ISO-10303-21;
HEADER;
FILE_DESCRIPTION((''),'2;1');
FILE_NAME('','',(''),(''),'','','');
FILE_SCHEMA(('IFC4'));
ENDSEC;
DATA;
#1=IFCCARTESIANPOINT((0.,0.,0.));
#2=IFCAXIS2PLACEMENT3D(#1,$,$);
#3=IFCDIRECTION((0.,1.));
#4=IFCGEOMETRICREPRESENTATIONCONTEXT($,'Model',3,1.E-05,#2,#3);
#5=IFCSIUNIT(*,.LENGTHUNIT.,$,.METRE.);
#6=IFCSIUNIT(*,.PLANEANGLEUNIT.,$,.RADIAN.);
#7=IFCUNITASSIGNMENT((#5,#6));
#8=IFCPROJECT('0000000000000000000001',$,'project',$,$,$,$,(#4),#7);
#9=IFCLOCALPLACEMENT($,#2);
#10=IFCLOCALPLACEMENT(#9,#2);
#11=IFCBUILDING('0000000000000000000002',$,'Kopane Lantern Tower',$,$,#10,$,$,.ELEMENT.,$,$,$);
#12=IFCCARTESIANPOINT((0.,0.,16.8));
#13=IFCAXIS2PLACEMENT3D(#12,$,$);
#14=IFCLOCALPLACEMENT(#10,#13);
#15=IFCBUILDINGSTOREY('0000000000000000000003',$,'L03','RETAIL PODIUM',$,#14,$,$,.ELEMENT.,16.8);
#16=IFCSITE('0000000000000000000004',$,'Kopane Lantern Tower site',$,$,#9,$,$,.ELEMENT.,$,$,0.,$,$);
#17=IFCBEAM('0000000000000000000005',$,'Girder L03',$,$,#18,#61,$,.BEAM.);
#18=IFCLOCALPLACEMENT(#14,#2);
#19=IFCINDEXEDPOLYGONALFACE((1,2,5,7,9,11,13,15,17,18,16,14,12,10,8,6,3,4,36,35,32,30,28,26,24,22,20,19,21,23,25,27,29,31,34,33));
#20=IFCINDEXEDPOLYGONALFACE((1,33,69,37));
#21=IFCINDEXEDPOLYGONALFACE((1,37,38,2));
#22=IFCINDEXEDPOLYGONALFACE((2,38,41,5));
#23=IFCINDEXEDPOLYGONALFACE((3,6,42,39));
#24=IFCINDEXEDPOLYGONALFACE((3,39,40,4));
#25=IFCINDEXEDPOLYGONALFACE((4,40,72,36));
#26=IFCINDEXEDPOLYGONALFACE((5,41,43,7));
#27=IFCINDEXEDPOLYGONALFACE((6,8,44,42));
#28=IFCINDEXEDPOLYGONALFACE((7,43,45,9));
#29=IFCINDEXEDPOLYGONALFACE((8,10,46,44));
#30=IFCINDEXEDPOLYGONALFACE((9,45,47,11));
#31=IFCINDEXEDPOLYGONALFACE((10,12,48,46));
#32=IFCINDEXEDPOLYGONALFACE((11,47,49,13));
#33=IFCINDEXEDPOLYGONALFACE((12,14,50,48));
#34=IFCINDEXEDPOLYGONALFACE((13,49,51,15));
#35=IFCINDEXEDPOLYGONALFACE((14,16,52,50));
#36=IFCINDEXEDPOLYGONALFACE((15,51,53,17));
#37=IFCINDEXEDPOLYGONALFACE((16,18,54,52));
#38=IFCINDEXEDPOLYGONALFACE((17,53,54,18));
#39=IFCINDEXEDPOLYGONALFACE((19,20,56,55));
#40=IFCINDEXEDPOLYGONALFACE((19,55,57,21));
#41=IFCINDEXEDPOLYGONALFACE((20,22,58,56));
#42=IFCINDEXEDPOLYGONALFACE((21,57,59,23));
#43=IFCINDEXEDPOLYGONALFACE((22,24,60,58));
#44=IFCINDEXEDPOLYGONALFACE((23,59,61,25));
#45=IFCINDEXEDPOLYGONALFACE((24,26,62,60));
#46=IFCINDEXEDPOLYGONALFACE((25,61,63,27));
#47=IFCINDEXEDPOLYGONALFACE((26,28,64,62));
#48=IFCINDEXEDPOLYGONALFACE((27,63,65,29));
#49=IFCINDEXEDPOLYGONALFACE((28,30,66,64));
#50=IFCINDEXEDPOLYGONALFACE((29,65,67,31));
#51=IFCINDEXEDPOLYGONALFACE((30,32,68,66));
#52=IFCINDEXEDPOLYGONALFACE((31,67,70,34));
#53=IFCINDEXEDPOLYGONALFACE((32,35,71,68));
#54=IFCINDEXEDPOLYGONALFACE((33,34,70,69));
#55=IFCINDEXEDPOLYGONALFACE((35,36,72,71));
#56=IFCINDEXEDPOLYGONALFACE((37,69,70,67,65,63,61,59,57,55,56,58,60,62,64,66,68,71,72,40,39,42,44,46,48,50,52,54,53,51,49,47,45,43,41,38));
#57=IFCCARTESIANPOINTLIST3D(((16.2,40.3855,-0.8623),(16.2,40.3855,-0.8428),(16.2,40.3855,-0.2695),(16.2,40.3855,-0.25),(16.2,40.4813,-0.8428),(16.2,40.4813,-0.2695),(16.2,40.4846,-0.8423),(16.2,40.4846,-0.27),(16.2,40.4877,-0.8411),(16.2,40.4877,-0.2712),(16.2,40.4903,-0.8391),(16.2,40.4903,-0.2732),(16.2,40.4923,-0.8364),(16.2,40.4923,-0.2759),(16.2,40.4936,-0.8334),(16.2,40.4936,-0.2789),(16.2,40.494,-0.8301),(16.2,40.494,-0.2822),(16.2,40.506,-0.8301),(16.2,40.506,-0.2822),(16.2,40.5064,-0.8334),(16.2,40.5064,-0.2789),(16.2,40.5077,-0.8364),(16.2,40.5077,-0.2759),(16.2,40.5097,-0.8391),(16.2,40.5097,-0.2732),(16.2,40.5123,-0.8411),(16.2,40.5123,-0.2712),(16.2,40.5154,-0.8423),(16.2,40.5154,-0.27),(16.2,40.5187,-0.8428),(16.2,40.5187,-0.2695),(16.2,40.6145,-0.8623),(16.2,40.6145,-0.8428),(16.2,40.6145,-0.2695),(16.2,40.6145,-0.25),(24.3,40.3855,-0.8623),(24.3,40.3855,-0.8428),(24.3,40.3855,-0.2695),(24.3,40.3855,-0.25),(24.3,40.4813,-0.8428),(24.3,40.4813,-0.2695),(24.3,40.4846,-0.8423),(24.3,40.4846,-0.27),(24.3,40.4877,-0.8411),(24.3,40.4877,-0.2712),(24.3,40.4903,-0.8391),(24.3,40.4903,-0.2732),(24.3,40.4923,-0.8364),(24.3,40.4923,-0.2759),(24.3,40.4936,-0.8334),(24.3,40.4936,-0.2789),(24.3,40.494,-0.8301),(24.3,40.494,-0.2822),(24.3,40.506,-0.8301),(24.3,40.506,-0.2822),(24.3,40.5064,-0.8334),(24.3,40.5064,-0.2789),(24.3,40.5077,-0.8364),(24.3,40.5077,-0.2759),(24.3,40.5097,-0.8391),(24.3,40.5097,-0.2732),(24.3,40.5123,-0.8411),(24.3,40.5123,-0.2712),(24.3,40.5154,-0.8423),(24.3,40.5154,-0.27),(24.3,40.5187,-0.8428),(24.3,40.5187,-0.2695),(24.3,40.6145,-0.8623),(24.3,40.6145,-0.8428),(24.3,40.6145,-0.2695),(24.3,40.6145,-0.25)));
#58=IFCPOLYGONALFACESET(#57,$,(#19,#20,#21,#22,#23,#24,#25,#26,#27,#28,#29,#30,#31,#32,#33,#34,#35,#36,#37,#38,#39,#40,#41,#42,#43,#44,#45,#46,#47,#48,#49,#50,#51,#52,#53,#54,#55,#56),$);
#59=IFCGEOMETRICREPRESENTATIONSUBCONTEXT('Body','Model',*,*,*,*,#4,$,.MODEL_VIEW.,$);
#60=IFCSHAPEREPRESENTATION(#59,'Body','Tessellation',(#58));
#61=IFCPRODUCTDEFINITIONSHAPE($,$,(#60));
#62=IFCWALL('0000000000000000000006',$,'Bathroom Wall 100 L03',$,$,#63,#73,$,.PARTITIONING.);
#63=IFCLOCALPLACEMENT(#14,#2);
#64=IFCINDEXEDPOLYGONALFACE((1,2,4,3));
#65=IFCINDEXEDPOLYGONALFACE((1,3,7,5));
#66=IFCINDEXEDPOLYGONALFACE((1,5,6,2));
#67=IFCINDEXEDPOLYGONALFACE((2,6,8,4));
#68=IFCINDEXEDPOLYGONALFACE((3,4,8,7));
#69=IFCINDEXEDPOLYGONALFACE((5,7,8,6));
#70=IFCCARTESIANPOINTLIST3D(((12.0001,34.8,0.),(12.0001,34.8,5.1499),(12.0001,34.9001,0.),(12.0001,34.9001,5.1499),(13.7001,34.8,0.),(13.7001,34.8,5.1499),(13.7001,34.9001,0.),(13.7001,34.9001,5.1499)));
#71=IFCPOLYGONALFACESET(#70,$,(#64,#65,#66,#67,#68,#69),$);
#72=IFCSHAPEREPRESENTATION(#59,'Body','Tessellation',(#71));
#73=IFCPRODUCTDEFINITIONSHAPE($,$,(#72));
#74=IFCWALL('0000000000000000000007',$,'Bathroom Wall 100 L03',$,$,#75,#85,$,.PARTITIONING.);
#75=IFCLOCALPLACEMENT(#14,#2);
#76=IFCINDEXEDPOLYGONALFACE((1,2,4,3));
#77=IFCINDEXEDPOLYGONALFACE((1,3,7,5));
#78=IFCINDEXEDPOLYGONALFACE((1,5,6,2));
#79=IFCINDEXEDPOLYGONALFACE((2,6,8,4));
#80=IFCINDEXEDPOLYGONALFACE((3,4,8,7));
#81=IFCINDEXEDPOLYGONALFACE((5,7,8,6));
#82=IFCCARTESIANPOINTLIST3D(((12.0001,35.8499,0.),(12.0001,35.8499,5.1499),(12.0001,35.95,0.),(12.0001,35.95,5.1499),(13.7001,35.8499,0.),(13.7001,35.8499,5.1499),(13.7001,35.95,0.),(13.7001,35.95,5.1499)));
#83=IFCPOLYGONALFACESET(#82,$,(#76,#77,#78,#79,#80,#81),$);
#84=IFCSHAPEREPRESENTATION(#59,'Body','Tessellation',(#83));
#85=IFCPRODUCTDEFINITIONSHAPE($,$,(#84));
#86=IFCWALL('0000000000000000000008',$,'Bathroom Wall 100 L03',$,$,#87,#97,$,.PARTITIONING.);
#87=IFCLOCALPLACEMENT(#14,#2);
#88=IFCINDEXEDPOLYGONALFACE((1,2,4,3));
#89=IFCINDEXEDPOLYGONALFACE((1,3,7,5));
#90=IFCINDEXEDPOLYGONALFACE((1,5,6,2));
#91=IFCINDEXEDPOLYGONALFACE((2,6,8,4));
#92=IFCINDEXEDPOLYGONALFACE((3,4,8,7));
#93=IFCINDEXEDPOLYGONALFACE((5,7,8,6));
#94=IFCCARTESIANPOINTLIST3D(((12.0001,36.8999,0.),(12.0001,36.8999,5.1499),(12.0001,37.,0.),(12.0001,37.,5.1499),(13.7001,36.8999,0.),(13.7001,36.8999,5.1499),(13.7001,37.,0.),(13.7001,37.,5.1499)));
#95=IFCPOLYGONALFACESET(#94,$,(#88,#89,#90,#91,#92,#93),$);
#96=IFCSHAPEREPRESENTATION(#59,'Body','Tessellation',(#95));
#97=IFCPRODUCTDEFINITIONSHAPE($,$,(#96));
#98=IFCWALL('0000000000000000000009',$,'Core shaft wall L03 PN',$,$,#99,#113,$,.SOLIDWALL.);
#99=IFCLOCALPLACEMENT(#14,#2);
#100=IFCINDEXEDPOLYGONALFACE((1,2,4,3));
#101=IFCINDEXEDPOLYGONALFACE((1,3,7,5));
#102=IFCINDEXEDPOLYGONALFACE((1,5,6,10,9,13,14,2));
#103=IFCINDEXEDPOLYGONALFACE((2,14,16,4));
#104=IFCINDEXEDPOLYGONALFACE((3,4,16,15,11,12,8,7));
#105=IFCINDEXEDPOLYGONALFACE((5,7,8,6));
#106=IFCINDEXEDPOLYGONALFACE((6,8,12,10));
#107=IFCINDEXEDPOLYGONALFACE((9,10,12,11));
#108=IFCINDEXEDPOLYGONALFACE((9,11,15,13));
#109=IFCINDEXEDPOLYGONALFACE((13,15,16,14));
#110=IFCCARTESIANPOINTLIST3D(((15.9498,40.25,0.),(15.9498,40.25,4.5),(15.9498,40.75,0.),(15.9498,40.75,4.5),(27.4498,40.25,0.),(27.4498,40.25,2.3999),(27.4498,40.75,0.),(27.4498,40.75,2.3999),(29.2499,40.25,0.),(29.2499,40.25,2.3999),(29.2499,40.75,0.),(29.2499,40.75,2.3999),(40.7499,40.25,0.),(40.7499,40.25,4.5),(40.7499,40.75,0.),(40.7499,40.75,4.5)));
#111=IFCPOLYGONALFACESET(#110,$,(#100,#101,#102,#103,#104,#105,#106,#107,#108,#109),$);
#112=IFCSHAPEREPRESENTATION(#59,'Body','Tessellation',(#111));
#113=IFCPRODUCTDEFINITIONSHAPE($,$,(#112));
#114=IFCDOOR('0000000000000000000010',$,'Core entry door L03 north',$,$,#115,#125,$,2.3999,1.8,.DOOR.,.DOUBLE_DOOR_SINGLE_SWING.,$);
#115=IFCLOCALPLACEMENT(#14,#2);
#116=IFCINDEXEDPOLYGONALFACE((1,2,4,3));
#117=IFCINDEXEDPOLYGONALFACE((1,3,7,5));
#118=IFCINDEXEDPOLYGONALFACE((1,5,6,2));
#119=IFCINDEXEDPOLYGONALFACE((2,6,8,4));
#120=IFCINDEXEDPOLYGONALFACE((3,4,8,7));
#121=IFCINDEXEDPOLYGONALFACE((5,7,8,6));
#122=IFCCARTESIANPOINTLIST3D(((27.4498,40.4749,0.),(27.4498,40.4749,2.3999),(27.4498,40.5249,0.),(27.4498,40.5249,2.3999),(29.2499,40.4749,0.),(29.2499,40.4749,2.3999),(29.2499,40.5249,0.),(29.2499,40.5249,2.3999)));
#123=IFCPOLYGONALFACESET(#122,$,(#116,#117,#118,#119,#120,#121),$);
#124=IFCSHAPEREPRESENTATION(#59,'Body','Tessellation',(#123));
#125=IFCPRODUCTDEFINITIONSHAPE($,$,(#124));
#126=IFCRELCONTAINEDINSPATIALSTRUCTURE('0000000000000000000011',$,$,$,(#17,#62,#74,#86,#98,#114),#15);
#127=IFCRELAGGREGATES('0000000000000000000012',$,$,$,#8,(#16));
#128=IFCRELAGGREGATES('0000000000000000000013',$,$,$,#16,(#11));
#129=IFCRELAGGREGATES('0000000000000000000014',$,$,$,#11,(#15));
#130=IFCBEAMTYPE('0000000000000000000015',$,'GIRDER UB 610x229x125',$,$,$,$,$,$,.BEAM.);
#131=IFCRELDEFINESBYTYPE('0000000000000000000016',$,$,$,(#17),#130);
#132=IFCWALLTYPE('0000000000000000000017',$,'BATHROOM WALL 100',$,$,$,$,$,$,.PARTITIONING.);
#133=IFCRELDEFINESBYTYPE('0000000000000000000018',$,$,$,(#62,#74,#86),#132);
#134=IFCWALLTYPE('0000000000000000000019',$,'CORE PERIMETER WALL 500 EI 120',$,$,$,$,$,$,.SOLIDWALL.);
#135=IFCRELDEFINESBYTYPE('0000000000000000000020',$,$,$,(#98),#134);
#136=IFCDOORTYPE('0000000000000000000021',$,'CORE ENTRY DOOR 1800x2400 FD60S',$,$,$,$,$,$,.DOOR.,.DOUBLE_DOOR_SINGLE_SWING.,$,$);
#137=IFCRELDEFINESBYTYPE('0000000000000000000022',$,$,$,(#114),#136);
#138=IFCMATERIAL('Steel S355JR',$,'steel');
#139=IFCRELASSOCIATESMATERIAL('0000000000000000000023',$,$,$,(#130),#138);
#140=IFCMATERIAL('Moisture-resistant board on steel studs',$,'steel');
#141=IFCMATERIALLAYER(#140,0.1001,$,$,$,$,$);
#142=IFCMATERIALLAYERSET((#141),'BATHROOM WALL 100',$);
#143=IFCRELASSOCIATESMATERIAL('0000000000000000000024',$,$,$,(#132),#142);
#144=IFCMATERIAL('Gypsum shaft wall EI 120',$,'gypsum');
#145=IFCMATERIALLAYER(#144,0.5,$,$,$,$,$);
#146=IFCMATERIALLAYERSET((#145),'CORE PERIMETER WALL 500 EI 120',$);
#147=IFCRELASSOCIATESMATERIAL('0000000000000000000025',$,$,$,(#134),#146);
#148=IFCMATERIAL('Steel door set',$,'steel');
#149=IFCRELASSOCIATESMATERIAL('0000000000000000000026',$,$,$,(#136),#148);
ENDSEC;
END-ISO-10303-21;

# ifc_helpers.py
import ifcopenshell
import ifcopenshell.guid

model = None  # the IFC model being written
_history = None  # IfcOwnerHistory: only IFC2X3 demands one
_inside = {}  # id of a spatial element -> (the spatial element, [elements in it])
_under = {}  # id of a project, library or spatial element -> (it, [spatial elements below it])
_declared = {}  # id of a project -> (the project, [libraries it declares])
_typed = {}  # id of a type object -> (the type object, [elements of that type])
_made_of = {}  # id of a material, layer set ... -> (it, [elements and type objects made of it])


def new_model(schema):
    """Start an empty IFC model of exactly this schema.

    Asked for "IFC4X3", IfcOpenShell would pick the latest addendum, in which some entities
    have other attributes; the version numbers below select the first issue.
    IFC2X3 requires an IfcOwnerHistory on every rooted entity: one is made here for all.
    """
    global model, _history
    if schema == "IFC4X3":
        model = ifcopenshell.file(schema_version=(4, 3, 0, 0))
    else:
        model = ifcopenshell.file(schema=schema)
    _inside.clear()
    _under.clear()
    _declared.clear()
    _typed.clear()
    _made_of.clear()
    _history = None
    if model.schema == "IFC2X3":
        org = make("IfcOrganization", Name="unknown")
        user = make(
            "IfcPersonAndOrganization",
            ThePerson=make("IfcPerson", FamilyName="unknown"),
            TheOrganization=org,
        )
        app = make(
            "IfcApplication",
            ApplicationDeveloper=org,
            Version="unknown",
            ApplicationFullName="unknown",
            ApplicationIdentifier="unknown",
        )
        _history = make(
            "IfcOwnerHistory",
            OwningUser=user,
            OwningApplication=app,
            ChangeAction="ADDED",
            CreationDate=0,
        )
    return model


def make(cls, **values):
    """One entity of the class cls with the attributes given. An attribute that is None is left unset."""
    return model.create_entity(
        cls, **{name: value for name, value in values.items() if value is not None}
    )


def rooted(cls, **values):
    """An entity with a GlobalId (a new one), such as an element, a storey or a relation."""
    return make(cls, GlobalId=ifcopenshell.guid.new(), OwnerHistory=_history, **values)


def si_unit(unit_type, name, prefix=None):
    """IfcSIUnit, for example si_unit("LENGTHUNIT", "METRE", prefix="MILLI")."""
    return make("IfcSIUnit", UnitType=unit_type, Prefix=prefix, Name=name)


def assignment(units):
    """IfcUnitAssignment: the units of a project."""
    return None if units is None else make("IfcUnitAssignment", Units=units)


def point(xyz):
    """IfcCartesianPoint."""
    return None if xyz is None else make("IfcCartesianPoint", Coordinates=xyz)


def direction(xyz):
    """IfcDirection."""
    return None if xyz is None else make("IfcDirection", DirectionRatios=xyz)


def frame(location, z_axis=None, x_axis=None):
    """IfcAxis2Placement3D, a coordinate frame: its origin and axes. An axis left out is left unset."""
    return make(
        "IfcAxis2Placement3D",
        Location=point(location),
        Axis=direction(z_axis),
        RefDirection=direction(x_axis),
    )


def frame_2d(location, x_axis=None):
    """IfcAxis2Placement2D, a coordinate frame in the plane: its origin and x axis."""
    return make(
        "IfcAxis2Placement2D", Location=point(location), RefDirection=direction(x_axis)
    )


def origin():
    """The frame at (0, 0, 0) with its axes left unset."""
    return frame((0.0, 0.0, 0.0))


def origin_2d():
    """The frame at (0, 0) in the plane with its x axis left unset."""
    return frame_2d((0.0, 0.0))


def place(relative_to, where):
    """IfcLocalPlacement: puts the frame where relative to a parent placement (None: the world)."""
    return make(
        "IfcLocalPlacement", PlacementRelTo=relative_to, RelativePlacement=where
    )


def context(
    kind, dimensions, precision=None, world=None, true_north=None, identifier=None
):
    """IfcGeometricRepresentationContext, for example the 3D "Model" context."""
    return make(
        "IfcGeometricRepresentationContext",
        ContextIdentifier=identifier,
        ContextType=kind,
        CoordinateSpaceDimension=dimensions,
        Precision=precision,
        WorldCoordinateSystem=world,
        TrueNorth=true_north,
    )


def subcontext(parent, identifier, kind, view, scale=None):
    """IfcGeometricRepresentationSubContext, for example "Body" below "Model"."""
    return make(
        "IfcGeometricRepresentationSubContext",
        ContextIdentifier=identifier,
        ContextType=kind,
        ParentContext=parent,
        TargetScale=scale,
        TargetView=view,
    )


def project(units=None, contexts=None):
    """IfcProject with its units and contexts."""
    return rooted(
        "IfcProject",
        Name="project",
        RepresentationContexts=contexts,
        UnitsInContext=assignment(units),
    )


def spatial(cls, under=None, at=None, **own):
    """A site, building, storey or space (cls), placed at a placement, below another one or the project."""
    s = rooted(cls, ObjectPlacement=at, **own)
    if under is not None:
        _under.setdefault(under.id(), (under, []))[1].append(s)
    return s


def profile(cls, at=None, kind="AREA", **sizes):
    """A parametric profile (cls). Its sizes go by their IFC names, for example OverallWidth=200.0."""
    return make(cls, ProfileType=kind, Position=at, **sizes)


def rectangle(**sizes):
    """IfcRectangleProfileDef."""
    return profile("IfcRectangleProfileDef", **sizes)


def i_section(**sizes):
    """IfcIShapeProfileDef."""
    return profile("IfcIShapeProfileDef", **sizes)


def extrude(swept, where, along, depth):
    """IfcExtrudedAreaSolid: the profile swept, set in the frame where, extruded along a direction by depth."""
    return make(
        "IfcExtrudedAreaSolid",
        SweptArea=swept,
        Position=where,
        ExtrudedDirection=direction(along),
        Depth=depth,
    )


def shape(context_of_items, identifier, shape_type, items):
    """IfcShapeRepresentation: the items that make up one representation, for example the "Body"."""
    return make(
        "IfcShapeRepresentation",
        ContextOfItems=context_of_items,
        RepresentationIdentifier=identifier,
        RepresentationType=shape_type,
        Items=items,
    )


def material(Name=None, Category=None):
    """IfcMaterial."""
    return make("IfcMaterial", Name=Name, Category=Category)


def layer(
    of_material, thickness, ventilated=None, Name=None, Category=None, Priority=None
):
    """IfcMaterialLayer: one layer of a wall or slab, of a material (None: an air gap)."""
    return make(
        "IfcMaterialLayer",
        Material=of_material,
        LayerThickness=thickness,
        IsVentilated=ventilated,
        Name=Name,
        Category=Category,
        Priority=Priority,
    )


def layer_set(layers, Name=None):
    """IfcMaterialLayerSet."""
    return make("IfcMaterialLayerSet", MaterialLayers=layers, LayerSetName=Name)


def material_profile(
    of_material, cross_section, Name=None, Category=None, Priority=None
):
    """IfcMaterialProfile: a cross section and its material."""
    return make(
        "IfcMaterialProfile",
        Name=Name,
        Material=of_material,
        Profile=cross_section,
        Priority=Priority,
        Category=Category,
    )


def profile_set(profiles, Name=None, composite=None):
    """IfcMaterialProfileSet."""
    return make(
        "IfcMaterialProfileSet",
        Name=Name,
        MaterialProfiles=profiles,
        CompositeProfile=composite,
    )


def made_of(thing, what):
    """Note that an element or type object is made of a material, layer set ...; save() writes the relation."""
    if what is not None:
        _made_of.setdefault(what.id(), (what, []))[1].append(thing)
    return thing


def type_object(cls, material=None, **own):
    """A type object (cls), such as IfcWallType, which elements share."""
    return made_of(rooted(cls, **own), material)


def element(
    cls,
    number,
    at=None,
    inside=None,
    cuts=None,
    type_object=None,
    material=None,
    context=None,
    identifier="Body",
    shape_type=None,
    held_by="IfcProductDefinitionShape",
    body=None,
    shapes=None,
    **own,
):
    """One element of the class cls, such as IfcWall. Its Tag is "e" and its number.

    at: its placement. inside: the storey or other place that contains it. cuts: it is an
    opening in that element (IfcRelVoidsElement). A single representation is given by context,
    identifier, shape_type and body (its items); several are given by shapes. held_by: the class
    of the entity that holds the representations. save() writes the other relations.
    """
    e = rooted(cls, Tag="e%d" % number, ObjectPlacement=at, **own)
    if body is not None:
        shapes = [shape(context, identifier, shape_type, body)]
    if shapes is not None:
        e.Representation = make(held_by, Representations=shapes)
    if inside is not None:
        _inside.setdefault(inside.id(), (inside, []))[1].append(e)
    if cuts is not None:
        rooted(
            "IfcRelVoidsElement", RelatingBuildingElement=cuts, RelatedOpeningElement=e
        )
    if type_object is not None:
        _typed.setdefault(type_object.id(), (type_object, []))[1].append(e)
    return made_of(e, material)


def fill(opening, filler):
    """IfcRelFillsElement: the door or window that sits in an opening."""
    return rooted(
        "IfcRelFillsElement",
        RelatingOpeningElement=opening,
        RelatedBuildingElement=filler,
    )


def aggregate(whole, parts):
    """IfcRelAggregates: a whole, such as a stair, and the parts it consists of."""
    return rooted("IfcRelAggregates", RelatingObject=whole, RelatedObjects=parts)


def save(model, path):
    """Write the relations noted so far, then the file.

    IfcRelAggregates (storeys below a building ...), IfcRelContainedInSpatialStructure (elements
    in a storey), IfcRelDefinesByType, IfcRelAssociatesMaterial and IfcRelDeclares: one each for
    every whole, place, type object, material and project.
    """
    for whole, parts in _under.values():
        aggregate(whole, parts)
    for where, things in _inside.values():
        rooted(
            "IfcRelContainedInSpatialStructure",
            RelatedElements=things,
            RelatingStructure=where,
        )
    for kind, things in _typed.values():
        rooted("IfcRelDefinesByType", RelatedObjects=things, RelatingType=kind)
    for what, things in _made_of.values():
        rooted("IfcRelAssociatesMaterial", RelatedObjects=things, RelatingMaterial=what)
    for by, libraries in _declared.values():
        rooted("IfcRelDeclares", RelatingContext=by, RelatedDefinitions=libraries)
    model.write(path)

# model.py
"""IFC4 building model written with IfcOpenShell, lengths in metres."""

from ifc_helpers import new_model, si_unit, direction, frame, frame_2d, origin, origin_2d, place, context, subcontext, project, spatial, rectangle, i_section, extrude, material, layer, layer_set, material_profile, profile_set, type_object, element, fill, save


model = new_model("IFC4")

# Units and contexts
model_context = context("Model", 3, precision=1e-05, world=origin(), true_north=direction((0.0, 1.0)))
body_context = subcontext(model_context, "Body", "Model", "MODEL_VIEW")
ifc_project = project(units=[si_unit("LENGTHUNIT", "METRE"), si_unit("PLANEANGLEUNIT", "RADIAN")], contexts=[model_context])

# Site, building, storey
site_placement = place(None, origin())
site = spatial("IfcSite", under=ifc_project, at=site_placement, Name="Kopane Lantern Tower site", CompositionType="ELEMENT", RefElevation=0.0)
building_placement = place(site_placement, origin())
building = spatial("IfcBuilding", under=site, at=building_placement, Name="Kopane Lantern Tower", CompositionType="ELEMENT")
storey_placement = place(building_placement, frame((0.0, 0.0, 16.8)))
storey = spatial("IfcBuildingStorey", under=building, at=storey_placement, Name="L03", Description="RETAIL PODIUM", CompositionType="ELEMENT", Elevation=16.8)

# Beam
ifc_material_1 = material(Name="Steel S355JR", Category="steel")
ifc_material_profile_1 = material_profile(ifc_material_1, i_section(OverallWidth=0.229, OverallDepth=0.6123, WebThickness=0.012, FlangeThickness=0.0195, FilletRadius=0.0127, at=origin_2d()), Name="UB 610x229x125")
ifc_profile_set_1 = profile_set([ifc_material_profile_1], Name="Steel S355JR")
beam_type = type_object("IfcBeamType", Name="GIRDER UB 610x229x125", PredefinedType="BEAM", material=ifc_profile_set_1)
for number, where, z_axis, x_axis, name in (
    (1, (16.2, 40.5, -0.5562), (1.0, 0.0, 0.0), (0.0, 1.0, 0.0), "Girder L03"),
):
    element("IfcBeam", number, at=place(storey_placement, frame(where, z_axis=z_axis, x_axis=x_axis)), inside=storey, type_object=beam_type, Name=name, PredefinedType="BEAM", context=body_context, shape_type="SweptSolid", body=[
        extrude(i_section(OverallWidth=0.229, OverallDepth=0.6123, WebThickness=0.012, FlangeThickness=0.0195, FilletRadius=0.0127, at=origin_2d()), origin(), (0.0, 0.0, 1.0), 8.1001),
    ])

# Walls
ifc_material_2 = material(Name="Moisture-resistant board on steel studs", Category="steel")
ifc_layer_1 = layer(ifc_material_2, 0.1001)
ifc_layer_set_1 = layer_set([ifc_layer_1], Name="BATHROOM WALL 100")
wall_type_1 = type_object("IfcWallType", Name="BATHROOM WALL 100", PredefinedType="PARTITIONING", material=ifc_layer_set_1)
for number, where, z_axis, x_axis, name in (
    (2, (12.0, 34.8501, 0.0), (0.0, 0.0, 1.0), (1.0, 0.0, 0.0), "Bathroom Wall 100 L03"),
    (3, (12.0, 35.8999, 0.0), (0.0, 0.0, 1.0), (1.0, 0.0, 0.0), "Bathroom Wall 100 L03"),
    (4, (12.0, 36.95, 0.0), (0.0, 0.0, 1.0), (1.0, 0.0, 0.0), "Bathroom Wall 100 L03"),
):
    element("IfcWall", number, at=place(storey_placement, frame(where, z_axis=z_axis, x_axis=x_axis)), inside=storey, type_object=wall_type_1, Name=name, PredefinedType="PARTITIONING", context=body_context, shape_type="SweptSolid", body=[
        extrude(rectangle(XDim=1.7, YDim=0.1001, at=frame_2d((0.8501, 0.0))), origin(), (0.0, 0.0, 1.0), 5.1499),
    ])

# Wall, opening, door
ifc_material_3 = material(Name="Gypsum shaft wall EI 120", Category="gypsum")
ifc_layer_2 = layer(ifc_material_3, 0.5)
ifc_layer_set_2 = layer_set([ifc_layer_2], Name="CORE PERIMETER WALL 500 EI 120")
wall_type_2 = type_object("IfcWallType", Name="CORE PERIMETER WALL 500 EI 120", PredefinedType="SOLIDWALL", material=ifc_layer_set_2)
wall_1_placement = place(storey_placement, frame((15.95, 40.5, 0.0), z_axis=(0.0, 0.0, 1.0), x_axis=(1.0, 0.0, 0.0)))
wall_1 = element("IfcWall", 5, at=wall_1_placement, inside=storey, type_object=wall_type_2, Name="Core shaft wall L03 PN", PredefinedType="SOLIDWALL", context=body_context, shape_type="SweptSolid", body=[
    extrude(rectangle(XDim=24.8, YDim=0.5, at=frame_2d((12.3999, 0.0))), origin(), (0.0, 0.0, 1.0), 4.5),
])
opening_1_placement = place(wall_1_placement, frame((11.5, 0.0, 0.0)))
opening_1 = element("IfcOpeningElement", 6, at=opening_1_placement, cuts=wall_1, PredefinedType="OPENING", context=body_context, shape_type="SweptSolid", body=[
    extrude(rectangle(XDim=1.8, YDim=2.3999, at=frame_2d((0.8999, 1.2))), frame((0.0, 0.26, 0.0), z_axis=(0.0, -1.0, 0.0), x_axis=(1.0, 0.0, 0.0)), (0.0, 0.0, 1.0), 0.52),
])
ifc_material_4 = material(Name="Steel door set", Category="steel")
door_type_1 = type_object("IfcDoorType", Name="CORE ENTRY DOOR 1800x2400 FD60S", OperationType="DOUBLE_DOOR_SINGLE_SWING", PredefinedType="DOOR", material=ifc_material_4)
door_1_placement = place(opening_1_placement, origin())
door_1 = element("IfcDoor", 7, at=door_1_placement, inside=storey, type_object=door_type_1, Name="Core entry door L03 north", OperationType="DOUBLE_DOOR_SINGLE_SWING", OverallHeight=2.3999, OverallWidth=1.8, PredefinedType="DOOR", context=body_context, shape_type="SweptSolid", body=[
    extrude(rectangle(XDim=1.8, YDim=2.3999, at=frame_2d((0.8999, 1.2))), frame((0.0, 0.0249, 0.0), z_axis=(0.0, -1.0, 0.0), x_axis=(1.0, 0.0, 0.0)), (0.0, 0.0, 1.0), 0.05),
])
fill(opening_1, door_1)

save(model, "model.ifc")
